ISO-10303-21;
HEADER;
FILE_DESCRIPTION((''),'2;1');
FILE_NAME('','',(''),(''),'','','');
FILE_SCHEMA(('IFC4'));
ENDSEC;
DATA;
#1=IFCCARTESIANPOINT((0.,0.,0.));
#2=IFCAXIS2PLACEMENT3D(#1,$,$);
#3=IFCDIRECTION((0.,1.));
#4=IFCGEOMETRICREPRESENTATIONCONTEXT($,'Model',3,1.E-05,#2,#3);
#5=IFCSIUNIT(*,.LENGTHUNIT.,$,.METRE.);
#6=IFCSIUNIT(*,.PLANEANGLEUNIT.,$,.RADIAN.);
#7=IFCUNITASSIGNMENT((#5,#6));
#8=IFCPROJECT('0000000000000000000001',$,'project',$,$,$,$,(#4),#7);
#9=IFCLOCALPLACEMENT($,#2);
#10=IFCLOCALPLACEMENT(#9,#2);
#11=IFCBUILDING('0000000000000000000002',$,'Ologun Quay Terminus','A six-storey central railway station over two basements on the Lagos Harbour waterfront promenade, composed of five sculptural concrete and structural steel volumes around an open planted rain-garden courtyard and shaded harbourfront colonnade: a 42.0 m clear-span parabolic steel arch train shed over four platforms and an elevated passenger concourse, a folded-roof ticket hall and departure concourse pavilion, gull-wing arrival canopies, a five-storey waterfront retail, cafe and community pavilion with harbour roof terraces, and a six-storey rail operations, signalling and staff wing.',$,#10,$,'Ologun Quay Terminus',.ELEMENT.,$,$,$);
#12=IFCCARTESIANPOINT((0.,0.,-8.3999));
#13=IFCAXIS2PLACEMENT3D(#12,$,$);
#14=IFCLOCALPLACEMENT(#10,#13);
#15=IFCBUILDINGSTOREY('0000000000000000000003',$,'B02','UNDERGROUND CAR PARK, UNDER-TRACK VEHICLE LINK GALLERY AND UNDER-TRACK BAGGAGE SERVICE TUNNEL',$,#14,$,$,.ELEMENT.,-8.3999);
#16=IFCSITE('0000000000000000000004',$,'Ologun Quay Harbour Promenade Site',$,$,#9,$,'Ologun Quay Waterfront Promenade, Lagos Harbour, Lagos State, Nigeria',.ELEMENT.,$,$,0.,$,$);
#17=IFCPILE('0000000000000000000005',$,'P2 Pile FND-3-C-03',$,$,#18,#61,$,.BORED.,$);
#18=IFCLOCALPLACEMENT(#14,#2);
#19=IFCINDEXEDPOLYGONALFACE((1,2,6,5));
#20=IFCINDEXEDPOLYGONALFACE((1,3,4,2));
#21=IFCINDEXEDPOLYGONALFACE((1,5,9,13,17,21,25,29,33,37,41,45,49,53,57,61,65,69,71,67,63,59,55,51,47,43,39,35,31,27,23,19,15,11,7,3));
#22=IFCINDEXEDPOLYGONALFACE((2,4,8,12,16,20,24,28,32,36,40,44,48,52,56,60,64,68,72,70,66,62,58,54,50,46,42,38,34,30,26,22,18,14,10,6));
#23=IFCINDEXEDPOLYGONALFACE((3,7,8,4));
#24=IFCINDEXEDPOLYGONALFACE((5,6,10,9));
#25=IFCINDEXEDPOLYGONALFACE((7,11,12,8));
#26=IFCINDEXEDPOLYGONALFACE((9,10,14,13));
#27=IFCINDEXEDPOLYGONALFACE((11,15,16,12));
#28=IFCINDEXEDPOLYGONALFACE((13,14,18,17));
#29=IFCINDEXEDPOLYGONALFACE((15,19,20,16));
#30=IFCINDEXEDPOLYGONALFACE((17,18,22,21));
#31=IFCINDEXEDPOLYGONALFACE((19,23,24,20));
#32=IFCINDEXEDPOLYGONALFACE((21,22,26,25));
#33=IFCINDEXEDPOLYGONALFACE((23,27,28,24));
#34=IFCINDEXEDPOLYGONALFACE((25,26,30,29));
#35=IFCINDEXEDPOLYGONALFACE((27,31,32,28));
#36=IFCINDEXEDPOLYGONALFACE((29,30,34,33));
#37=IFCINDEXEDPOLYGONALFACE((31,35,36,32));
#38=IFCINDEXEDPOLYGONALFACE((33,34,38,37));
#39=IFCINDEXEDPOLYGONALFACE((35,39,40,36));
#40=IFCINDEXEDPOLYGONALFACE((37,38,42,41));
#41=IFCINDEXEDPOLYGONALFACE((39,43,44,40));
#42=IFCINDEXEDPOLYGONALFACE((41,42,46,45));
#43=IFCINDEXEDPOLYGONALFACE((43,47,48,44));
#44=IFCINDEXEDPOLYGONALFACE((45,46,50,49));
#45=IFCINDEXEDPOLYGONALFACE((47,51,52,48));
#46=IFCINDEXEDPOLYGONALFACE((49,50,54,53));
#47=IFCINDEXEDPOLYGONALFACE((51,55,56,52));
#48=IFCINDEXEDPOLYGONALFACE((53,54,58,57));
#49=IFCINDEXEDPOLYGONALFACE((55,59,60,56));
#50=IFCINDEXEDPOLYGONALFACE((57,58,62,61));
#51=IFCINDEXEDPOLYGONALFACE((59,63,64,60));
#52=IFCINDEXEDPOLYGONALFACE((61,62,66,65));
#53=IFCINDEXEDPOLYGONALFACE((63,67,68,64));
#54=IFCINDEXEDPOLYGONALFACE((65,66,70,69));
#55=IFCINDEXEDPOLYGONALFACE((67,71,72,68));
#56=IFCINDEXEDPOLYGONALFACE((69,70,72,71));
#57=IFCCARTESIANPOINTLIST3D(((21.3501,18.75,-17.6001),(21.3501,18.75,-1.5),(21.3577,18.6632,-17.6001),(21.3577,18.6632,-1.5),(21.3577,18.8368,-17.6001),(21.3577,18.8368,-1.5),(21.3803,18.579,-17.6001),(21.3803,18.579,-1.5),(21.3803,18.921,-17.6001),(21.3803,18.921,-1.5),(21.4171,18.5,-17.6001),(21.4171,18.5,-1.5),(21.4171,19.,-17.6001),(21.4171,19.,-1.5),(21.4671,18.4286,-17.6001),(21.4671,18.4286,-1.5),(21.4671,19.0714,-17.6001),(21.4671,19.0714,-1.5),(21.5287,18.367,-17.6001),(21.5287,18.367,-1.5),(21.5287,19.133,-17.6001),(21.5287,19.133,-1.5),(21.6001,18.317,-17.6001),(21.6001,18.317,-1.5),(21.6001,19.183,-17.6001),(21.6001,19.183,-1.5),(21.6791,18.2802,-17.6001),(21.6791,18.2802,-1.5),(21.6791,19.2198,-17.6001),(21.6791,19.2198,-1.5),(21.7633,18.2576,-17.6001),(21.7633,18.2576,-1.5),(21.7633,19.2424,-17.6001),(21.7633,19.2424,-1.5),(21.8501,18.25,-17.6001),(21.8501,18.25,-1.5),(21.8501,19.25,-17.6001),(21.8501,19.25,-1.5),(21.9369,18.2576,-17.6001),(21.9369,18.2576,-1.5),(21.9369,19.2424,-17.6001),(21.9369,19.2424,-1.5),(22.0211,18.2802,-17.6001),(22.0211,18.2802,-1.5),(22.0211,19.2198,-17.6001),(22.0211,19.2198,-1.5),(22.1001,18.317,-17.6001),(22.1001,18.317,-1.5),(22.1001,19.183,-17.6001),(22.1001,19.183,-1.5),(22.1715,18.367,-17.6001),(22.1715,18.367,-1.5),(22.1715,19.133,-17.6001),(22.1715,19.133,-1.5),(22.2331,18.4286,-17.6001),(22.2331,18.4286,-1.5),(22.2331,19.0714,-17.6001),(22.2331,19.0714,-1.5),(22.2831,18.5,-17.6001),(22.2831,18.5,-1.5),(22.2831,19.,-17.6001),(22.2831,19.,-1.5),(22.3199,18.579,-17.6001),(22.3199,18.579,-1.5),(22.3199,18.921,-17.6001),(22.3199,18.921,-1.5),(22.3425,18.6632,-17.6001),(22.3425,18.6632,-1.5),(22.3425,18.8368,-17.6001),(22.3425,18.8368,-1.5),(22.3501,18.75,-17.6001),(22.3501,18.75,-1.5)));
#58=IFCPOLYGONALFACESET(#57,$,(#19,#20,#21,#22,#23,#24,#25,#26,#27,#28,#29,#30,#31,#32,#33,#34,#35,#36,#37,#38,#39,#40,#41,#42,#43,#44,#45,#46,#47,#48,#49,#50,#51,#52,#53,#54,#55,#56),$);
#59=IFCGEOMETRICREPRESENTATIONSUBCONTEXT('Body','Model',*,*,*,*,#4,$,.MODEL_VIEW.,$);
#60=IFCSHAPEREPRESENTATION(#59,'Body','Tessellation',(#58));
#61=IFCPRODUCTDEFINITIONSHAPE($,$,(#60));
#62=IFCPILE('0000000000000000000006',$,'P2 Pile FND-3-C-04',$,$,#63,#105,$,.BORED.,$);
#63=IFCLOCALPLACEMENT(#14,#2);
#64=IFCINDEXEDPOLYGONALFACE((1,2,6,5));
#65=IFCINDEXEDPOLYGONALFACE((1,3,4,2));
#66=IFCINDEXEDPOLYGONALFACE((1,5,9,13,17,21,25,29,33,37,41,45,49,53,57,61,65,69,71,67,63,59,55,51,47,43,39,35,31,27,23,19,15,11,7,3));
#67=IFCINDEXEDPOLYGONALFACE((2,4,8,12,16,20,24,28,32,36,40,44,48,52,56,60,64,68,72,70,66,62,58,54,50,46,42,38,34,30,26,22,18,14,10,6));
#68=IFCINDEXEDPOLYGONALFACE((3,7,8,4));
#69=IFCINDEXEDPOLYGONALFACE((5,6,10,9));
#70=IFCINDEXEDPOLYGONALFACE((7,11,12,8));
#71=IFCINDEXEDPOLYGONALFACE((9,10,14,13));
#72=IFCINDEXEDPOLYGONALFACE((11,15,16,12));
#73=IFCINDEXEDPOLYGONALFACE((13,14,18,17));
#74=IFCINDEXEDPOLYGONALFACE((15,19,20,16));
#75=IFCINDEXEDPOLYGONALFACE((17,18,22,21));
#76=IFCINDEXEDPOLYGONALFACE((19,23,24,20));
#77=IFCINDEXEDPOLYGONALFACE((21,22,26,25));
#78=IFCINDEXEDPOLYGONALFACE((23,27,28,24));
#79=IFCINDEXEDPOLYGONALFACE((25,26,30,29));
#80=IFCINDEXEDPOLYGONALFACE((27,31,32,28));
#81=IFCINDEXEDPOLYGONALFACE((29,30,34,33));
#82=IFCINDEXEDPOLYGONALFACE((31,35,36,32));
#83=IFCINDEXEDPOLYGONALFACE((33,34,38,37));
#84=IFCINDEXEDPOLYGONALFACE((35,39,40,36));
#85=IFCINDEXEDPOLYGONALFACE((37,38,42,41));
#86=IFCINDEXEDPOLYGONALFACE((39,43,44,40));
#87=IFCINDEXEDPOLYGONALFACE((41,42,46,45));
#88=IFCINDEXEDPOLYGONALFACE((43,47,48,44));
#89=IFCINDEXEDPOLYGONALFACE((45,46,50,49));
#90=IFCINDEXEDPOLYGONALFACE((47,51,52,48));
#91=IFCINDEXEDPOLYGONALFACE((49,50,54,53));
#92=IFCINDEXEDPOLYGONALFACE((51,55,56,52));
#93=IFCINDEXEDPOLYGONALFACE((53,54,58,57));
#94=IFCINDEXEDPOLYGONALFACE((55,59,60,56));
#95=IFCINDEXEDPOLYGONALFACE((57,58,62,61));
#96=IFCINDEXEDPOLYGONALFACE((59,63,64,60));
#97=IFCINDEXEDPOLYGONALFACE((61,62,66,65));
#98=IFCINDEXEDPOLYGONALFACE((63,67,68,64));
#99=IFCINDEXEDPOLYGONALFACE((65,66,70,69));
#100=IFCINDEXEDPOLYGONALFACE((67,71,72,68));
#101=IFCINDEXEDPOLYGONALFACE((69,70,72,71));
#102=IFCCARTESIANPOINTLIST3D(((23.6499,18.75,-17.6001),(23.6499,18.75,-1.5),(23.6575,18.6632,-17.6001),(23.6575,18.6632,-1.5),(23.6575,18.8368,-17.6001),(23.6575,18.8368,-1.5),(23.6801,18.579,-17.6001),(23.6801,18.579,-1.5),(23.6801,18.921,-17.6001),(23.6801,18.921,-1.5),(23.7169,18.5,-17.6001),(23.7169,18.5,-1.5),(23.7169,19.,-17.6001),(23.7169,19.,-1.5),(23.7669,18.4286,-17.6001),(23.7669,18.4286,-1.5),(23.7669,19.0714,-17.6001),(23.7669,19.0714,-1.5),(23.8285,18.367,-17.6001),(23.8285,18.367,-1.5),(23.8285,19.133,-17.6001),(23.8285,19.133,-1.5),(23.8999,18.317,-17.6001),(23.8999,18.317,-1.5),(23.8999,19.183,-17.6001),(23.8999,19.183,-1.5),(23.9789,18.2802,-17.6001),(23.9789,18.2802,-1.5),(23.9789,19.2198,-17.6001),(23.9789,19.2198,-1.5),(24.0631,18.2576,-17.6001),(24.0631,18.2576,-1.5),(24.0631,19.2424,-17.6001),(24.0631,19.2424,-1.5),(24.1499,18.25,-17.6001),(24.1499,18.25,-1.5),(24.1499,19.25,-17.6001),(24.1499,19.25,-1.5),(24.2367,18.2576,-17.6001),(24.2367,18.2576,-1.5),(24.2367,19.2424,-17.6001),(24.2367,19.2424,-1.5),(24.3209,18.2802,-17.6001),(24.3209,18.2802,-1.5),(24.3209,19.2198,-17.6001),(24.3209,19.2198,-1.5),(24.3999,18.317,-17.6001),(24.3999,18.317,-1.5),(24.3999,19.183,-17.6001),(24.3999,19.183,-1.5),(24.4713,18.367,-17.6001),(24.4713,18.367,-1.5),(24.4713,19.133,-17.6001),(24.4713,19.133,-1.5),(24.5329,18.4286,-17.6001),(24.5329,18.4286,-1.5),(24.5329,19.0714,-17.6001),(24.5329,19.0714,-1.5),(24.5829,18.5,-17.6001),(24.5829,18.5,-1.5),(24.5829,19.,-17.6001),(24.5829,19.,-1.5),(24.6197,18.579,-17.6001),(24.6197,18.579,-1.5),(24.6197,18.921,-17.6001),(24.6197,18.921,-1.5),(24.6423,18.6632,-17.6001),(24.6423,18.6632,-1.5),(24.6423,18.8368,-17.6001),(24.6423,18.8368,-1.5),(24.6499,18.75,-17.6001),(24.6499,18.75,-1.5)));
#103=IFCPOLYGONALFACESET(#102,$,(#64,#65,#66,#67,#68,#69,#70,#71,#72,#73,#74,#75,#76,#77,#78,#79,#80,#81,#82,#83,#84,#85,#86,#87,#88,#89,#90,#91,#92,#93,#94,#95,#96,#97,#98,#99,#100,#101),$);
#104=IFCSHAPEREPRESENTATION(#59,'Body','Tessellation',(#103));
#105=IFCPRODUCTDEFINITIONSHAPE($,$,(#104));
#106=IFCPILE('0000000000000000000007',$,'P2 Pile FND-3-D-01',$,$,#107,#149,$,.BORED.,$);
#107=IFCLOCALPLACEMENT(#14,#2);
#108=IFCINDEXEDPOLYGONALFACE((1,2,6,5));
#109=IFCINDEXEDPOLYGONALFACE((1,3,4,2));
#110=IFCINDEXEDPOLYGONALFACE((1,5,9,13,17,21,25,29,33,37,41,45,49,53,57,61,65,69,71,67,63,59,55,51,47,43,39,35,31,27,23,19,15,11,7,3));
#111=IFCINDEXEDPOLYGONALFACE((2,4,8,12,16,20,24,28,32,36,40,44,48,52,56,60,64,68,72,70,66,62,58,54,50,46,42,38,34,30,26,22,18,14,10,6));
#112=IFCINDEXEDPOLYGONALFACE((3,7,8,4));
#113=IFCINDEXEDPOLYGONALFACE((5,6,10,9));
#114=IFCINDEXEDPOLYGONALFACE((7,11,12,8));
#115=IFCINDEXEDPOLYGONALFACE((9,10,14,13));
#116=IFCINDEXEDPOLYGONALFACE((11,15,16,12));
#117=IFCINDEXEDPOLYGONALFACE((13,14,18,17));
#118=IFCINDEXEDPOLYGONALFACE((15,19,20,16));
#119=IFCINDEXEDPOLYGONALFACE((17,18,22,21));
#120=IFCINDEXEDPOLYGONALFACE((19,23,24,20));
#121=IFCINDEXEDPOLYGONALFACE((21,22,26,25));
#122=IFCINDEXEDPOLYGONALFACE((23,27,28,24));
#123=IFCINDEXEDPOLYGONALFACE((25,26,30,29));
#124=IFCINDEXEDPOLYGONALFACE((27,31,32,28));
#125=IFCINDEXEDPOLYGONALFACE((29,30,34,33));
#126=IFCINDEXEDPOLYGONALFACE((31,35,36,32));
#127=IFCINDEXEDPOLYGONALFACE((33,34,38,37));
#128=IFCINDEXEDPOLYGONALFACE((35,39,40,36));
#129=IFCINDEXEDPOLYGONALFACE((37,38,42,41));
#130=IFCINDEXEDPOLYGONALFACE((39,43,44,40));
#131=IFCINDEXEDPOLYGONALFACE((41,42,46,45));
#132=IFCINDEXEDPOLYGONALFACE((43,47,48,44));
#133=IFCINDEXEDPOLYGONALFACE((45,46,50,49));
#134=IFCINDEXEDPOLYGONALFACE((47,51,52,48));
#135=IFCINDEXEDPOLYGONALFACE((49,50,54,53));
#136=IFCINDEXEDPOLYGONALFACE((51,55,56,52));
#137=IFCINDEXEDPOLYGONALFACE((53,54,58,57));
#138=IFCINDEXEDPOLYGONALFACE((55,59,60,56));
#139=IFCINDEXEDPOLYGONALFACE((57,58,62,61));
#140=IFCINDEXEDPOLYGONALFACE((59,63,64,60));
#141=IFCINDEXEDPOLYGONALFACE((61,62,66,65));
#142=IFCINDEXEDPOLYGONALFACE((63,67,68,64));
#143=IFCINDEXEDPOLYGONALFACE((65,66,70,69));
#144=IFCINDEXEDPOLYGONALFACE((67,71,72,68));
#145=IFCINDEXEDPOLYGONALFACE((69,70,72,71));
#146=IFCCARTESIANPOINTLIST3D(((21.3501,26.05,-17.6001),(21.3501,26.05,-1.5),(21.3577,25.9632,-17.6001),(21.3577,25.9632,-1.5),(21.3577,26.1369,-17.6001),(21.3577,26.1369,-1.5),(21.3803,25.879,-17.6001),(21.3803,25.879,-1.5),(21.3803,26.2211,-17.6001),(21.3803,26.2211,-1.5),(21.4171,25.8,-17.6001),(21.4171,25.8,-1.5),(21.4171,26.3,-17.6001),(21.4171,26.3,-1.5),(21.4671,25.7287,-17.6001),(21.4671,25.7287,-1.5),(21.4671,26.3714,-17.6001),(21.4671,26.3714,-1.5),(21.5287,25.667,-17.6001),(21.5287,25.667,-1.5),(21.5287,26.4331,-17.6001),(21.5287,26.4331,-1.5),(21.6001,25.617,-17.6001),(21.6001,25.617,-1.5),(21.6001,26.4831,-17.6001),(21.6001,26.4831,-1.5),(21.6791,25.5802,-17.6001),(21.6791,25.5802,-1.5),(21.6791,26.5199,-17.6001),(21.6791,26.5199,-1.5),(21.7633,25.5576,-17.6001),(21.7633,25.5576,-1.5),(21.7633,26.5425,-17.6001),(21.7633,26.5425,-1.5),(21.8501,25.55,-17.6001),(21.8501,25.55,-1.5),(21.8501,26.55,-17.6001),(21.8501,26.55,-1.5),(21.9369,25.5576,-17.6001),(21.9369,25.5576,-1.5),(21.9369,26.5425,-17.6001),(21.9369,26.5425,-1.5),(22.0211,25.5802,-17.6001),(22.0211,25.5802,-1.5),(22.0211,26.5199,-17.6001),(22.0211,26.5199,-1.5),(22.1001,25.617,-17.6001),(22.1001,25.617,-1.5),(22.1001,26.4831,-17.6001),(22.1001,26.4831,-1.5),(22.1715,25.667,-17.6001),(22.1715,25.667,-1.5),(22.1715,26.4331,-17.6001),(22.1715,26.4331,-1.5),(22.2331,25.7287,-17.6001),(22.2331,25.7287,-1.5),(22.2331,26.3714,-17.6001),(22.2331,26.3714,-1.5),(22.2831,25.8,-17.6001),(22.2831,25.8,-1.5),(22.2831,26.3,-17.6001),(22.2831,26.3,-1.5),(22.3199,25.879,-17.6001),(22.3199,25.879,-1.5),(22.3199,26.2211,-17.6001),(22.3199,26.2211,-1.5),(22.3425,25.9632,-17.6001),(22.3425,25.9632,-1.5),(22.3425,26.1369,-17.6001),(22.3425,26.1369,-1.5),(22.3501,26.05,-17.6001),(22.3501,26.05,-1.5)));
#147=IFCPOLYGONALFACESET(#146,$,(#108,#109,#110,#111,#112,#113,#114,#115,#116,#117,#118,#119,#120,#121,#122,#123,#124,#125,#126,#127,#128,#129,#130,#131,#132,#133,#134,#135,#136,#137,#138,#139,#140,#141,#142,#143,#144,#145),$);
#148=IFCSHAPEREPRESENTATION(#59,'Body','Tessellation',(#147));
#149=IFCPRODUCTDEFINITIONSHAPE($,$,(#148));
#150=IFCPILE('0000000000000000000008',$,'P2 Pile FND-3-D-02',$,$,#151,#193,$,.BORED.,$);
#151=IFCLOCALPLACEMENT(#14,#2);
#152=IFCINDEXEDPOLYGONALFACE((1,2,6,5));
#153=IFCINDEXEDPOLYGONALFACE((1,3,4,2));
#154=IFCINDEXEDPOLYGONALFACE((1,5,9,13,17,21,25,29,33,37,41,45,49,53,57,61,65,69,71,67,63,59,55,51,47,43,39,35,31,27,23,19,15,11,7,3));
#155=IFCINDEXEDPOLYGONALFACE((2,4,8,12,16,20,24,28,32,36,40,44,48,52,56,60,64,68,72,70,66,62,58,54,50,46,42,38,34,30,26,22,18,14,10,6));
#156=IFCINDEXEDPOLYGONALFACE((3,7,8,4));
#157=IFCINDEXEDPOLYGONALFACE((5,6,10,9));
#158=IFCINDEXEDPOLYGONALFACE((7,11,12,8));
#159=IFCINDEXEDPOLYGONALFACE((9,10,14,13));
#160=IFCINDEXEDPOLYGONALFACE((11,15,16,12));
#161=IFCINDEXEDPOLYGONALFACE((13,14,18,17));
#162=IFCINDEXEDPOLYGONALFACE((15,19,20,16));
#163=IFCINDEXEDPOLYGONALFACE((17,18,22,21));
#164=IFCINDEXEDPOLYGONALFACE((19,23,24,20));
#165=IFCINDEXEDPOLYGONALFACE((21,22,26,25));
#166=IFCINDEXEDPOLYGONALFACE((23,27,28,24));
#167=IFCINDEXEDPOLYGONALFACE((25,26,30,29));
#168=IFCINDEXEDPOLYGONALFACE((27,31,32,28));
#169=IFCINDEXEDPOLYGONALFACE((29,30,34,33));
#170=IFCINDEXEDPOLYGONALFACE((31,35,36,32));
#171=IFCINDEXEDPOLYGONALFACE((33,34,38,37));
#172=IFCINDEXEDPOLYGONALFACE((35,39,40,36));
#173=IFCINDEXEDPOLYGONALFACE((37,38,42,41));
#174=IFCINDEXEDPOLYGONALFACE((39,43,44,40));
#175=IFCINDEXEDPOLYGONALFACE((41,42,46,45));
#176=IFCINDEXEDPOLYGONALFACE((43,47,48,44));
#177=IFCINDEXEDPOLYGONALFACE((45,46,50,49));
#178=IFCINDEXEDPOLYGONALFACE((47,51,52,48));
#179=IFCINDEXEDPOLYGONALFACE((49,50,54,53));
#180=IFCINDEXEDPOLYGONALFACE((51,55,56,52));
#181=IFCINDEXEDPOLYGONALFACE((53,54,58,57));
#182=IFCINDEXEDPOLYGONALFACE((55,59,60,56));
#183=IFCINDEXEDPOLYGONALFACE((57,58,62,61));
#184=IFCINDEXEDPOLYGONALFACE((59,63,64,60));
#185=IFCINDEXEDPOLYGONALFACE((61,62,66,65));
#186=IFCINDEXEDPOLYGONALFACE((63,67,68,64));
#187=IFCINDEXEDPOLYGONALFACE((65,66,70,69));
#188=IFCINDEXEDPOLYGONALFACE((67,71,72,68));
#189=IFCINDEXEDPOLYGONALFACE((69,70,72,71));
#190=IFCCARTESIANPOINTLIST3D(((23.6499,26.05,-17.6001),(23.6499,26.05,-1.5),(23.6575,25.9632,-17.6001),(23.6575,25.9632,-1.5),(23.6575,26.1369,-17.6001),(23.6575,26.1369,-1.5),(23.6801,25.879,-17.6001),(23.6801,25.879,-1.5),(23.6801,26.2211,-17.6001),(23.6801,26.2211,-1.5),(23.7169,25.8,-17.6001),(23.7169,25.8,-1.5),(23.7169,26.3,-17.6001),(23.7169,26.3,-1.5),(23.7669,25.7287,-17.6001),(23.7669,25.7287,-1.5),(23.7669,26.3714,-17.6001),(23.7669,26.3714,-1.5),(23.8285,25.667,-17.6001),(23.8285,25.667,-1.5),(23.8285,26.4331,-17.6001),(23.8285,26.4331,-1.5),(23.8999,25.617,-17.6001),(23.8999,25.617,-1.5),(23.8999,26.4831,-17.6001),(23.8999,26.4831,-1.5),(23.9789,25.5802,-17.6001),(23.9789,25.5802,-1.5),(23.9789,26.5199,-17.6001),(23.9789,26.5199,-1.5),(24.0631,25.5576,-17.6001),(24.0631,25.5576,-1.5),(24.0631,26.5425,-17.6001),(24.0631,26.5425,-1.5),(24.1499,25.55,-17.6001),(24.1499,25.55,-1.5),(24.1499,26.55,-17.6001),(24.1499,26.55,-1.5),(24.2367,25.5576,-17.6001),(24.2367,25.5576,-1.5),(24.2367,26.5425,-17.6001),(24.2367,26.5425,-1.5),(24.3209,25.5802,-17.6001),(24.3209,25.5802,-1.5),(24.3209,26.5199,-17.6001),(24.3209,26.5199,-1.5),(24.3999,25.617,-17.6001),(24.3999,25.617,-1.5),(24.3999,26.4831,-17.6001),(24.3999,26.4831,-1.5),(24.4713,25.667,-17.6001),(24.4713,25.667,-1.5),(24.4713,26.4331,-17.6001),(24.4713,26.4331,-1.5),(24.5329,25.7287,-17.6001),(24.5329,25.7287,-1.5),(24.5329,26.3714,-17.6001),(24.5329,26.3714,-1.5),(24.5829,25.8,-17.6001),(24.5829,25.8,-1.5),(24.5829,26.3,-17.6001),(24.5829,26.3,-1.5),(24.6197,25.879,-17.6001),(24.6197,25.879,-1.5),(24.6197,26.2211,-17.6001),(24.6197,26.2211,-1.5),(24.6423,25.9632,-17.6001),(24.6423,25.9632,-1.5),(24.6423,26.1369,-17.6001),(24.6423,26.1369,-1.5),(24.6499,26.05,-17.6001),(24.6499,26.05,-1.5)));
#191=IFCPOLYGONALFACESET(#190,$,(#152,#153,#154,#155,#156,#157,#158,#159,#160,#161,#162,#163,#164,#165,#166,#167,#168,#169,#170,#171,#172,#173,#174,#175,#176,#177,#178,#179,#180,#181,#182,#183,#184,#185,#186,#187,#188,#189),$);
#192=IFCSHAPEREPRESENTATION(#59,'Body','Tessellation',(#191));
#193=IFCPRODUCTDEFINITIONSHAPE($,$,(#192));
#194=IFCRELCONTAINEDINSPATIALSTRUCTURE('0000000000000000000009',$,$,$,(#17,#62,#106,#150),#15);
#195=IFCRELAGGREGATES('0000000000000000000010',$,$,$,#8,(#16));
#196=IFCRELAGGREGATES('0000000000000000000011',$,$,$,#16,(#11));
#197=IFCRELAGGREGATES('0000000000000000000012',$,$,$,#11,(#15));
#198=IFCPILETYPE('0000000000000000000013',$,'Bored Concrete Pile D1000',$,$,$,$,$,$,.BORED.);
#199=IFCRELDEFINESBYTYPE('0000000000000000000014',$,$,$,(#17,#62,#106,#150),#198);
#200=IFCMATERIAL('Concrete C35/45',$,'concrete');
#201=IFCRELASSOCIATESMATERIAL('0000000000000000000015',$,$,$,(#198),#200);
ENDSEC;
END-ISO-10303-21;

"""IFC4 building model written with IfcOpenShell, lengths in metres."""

from ifc_helpers import new_model, si_unit, direction, frame, origin, origin_2d, place, context, subcontext, project, spatial, circle, extrude, material, material_profile, profile_set, type_object, element, save


model = new_model("IFC4")

# Units and contexts
model_context = context("Model", 3, precision=1e-05, world=origin(), true_north=direction((0.0, 1.0)))
body_context = subcontext(model_context, "Body", "Model", "MODEL_VIEW")
ifc_project = project(units=[si_unit("LENGTHUNIT", "METRE"), si_unit("PLANEANGLEUNIT", "RADIAN")], contexts=[model_context])

# Site, building, storey
site_placement = place(None, origin())
site = spatial("IfcSite", under=ifc_project, at=site_placement, Name="Ologun Quay Harbour Promenade Site", LongName="Ologun Quay Waterfront Promenade, Lagos Harbour, Lagos State, Nigeria", CompositionType="ELEMENT", RefElevation=0.0)
building_placement = place(site_placement, origin())
building = spatial("IfcBuilding", under=site, at=building_placement, Name="Ologun Quay Terminus", Description="A six-storey central railway station over two basements on the Lagos Harbour waterfront promenade, composed of five sculptural concrete and structural steel volumes around an open planted rain-garden courtyard and shaded harbourfront colonnade: a 42.0 m clear-span parabolic steel arch train shed over four platforms and an elevated passenger concourse, a folded-roof ticket hall and departure concourse pavilion, gull-wing arrival canopies, a five-storey waterfront retail, cafe and community pavilion with harbour roof terraces, and a six-storey rail operations, signalling and staff wing.", LongName="Ologun Quay Terminus", CompositionType="ELEMENT")
storey_placement = place(building_placement, frame((0.0, 0.0, -8.3999)))
storey = spatial("IfcBuildingStorey", under=building, at=storey_placement, Name="B02", Description="UNDERGROUND CAR PARK, UNDER-TRACK VEHICLE LINK GALLERY AND UNDER-TRACK BAGGAGE SERVICE TUNNEL", CompositionType="ELEMENT", Elevation=-8.3999)

# Piles
ifc_material_1 = material(Name="Concrete C35/45", Category="concrete")
ifc_material_profile_1 = material_profile(ifc_material_1, circle(Radius=0.5, at=origin_2d()), Name="PILE D1000")
ifc_profile_set_1 = profile_set([ifc_material_profile_1], Name="Concrete C35/45")
pile_type = type_object("IfcPileType", Name="Bored Concrete Pile D1000", PredefinedType="BORED", material=ifc_profile_set_1)
for number, where, z_axis, x_axis, name in (
    (1, (21.8501, 18.75, -1.5), (0.0, 0.0, -1.0), (1.0, 0.0, 0.0), "P2 Pile FND-3-C-03"),
    (2, (24.1499, 18.75, -1.5), (0.0, 0.0, -1.0), (1.0, 0.0, 0.0), "P2 Pile FND-3-C-04"),
    (3, (21.8501, 26.05, -1.5), (0.0, 0.0, -1.0), (1.0, 0.0, 0.0), "P2 Pile FND-3-D-01"),
    (4, (24.1499, 26.05, -1.5), (0.0, 0.0, -1.0), (1.0, 0.0, 0.0), "P2 Pile FND-3-D-02"),
):
    element("IfcPile", number, at=place(storey_placement, frame(where, z_axis=z_axis, x_axis=x_axis)), inside=storey, type_object=pile_type, Name=name, PredefinedType="BORED", context=body_context, shape_type="SweptSolid", body=[
        extrude(circle(Radius=0.5, at=origin_2d()), origin(), (0.0, 0.0, 1.0), 16.1001),
    ])

save(model, "model.ifc")
